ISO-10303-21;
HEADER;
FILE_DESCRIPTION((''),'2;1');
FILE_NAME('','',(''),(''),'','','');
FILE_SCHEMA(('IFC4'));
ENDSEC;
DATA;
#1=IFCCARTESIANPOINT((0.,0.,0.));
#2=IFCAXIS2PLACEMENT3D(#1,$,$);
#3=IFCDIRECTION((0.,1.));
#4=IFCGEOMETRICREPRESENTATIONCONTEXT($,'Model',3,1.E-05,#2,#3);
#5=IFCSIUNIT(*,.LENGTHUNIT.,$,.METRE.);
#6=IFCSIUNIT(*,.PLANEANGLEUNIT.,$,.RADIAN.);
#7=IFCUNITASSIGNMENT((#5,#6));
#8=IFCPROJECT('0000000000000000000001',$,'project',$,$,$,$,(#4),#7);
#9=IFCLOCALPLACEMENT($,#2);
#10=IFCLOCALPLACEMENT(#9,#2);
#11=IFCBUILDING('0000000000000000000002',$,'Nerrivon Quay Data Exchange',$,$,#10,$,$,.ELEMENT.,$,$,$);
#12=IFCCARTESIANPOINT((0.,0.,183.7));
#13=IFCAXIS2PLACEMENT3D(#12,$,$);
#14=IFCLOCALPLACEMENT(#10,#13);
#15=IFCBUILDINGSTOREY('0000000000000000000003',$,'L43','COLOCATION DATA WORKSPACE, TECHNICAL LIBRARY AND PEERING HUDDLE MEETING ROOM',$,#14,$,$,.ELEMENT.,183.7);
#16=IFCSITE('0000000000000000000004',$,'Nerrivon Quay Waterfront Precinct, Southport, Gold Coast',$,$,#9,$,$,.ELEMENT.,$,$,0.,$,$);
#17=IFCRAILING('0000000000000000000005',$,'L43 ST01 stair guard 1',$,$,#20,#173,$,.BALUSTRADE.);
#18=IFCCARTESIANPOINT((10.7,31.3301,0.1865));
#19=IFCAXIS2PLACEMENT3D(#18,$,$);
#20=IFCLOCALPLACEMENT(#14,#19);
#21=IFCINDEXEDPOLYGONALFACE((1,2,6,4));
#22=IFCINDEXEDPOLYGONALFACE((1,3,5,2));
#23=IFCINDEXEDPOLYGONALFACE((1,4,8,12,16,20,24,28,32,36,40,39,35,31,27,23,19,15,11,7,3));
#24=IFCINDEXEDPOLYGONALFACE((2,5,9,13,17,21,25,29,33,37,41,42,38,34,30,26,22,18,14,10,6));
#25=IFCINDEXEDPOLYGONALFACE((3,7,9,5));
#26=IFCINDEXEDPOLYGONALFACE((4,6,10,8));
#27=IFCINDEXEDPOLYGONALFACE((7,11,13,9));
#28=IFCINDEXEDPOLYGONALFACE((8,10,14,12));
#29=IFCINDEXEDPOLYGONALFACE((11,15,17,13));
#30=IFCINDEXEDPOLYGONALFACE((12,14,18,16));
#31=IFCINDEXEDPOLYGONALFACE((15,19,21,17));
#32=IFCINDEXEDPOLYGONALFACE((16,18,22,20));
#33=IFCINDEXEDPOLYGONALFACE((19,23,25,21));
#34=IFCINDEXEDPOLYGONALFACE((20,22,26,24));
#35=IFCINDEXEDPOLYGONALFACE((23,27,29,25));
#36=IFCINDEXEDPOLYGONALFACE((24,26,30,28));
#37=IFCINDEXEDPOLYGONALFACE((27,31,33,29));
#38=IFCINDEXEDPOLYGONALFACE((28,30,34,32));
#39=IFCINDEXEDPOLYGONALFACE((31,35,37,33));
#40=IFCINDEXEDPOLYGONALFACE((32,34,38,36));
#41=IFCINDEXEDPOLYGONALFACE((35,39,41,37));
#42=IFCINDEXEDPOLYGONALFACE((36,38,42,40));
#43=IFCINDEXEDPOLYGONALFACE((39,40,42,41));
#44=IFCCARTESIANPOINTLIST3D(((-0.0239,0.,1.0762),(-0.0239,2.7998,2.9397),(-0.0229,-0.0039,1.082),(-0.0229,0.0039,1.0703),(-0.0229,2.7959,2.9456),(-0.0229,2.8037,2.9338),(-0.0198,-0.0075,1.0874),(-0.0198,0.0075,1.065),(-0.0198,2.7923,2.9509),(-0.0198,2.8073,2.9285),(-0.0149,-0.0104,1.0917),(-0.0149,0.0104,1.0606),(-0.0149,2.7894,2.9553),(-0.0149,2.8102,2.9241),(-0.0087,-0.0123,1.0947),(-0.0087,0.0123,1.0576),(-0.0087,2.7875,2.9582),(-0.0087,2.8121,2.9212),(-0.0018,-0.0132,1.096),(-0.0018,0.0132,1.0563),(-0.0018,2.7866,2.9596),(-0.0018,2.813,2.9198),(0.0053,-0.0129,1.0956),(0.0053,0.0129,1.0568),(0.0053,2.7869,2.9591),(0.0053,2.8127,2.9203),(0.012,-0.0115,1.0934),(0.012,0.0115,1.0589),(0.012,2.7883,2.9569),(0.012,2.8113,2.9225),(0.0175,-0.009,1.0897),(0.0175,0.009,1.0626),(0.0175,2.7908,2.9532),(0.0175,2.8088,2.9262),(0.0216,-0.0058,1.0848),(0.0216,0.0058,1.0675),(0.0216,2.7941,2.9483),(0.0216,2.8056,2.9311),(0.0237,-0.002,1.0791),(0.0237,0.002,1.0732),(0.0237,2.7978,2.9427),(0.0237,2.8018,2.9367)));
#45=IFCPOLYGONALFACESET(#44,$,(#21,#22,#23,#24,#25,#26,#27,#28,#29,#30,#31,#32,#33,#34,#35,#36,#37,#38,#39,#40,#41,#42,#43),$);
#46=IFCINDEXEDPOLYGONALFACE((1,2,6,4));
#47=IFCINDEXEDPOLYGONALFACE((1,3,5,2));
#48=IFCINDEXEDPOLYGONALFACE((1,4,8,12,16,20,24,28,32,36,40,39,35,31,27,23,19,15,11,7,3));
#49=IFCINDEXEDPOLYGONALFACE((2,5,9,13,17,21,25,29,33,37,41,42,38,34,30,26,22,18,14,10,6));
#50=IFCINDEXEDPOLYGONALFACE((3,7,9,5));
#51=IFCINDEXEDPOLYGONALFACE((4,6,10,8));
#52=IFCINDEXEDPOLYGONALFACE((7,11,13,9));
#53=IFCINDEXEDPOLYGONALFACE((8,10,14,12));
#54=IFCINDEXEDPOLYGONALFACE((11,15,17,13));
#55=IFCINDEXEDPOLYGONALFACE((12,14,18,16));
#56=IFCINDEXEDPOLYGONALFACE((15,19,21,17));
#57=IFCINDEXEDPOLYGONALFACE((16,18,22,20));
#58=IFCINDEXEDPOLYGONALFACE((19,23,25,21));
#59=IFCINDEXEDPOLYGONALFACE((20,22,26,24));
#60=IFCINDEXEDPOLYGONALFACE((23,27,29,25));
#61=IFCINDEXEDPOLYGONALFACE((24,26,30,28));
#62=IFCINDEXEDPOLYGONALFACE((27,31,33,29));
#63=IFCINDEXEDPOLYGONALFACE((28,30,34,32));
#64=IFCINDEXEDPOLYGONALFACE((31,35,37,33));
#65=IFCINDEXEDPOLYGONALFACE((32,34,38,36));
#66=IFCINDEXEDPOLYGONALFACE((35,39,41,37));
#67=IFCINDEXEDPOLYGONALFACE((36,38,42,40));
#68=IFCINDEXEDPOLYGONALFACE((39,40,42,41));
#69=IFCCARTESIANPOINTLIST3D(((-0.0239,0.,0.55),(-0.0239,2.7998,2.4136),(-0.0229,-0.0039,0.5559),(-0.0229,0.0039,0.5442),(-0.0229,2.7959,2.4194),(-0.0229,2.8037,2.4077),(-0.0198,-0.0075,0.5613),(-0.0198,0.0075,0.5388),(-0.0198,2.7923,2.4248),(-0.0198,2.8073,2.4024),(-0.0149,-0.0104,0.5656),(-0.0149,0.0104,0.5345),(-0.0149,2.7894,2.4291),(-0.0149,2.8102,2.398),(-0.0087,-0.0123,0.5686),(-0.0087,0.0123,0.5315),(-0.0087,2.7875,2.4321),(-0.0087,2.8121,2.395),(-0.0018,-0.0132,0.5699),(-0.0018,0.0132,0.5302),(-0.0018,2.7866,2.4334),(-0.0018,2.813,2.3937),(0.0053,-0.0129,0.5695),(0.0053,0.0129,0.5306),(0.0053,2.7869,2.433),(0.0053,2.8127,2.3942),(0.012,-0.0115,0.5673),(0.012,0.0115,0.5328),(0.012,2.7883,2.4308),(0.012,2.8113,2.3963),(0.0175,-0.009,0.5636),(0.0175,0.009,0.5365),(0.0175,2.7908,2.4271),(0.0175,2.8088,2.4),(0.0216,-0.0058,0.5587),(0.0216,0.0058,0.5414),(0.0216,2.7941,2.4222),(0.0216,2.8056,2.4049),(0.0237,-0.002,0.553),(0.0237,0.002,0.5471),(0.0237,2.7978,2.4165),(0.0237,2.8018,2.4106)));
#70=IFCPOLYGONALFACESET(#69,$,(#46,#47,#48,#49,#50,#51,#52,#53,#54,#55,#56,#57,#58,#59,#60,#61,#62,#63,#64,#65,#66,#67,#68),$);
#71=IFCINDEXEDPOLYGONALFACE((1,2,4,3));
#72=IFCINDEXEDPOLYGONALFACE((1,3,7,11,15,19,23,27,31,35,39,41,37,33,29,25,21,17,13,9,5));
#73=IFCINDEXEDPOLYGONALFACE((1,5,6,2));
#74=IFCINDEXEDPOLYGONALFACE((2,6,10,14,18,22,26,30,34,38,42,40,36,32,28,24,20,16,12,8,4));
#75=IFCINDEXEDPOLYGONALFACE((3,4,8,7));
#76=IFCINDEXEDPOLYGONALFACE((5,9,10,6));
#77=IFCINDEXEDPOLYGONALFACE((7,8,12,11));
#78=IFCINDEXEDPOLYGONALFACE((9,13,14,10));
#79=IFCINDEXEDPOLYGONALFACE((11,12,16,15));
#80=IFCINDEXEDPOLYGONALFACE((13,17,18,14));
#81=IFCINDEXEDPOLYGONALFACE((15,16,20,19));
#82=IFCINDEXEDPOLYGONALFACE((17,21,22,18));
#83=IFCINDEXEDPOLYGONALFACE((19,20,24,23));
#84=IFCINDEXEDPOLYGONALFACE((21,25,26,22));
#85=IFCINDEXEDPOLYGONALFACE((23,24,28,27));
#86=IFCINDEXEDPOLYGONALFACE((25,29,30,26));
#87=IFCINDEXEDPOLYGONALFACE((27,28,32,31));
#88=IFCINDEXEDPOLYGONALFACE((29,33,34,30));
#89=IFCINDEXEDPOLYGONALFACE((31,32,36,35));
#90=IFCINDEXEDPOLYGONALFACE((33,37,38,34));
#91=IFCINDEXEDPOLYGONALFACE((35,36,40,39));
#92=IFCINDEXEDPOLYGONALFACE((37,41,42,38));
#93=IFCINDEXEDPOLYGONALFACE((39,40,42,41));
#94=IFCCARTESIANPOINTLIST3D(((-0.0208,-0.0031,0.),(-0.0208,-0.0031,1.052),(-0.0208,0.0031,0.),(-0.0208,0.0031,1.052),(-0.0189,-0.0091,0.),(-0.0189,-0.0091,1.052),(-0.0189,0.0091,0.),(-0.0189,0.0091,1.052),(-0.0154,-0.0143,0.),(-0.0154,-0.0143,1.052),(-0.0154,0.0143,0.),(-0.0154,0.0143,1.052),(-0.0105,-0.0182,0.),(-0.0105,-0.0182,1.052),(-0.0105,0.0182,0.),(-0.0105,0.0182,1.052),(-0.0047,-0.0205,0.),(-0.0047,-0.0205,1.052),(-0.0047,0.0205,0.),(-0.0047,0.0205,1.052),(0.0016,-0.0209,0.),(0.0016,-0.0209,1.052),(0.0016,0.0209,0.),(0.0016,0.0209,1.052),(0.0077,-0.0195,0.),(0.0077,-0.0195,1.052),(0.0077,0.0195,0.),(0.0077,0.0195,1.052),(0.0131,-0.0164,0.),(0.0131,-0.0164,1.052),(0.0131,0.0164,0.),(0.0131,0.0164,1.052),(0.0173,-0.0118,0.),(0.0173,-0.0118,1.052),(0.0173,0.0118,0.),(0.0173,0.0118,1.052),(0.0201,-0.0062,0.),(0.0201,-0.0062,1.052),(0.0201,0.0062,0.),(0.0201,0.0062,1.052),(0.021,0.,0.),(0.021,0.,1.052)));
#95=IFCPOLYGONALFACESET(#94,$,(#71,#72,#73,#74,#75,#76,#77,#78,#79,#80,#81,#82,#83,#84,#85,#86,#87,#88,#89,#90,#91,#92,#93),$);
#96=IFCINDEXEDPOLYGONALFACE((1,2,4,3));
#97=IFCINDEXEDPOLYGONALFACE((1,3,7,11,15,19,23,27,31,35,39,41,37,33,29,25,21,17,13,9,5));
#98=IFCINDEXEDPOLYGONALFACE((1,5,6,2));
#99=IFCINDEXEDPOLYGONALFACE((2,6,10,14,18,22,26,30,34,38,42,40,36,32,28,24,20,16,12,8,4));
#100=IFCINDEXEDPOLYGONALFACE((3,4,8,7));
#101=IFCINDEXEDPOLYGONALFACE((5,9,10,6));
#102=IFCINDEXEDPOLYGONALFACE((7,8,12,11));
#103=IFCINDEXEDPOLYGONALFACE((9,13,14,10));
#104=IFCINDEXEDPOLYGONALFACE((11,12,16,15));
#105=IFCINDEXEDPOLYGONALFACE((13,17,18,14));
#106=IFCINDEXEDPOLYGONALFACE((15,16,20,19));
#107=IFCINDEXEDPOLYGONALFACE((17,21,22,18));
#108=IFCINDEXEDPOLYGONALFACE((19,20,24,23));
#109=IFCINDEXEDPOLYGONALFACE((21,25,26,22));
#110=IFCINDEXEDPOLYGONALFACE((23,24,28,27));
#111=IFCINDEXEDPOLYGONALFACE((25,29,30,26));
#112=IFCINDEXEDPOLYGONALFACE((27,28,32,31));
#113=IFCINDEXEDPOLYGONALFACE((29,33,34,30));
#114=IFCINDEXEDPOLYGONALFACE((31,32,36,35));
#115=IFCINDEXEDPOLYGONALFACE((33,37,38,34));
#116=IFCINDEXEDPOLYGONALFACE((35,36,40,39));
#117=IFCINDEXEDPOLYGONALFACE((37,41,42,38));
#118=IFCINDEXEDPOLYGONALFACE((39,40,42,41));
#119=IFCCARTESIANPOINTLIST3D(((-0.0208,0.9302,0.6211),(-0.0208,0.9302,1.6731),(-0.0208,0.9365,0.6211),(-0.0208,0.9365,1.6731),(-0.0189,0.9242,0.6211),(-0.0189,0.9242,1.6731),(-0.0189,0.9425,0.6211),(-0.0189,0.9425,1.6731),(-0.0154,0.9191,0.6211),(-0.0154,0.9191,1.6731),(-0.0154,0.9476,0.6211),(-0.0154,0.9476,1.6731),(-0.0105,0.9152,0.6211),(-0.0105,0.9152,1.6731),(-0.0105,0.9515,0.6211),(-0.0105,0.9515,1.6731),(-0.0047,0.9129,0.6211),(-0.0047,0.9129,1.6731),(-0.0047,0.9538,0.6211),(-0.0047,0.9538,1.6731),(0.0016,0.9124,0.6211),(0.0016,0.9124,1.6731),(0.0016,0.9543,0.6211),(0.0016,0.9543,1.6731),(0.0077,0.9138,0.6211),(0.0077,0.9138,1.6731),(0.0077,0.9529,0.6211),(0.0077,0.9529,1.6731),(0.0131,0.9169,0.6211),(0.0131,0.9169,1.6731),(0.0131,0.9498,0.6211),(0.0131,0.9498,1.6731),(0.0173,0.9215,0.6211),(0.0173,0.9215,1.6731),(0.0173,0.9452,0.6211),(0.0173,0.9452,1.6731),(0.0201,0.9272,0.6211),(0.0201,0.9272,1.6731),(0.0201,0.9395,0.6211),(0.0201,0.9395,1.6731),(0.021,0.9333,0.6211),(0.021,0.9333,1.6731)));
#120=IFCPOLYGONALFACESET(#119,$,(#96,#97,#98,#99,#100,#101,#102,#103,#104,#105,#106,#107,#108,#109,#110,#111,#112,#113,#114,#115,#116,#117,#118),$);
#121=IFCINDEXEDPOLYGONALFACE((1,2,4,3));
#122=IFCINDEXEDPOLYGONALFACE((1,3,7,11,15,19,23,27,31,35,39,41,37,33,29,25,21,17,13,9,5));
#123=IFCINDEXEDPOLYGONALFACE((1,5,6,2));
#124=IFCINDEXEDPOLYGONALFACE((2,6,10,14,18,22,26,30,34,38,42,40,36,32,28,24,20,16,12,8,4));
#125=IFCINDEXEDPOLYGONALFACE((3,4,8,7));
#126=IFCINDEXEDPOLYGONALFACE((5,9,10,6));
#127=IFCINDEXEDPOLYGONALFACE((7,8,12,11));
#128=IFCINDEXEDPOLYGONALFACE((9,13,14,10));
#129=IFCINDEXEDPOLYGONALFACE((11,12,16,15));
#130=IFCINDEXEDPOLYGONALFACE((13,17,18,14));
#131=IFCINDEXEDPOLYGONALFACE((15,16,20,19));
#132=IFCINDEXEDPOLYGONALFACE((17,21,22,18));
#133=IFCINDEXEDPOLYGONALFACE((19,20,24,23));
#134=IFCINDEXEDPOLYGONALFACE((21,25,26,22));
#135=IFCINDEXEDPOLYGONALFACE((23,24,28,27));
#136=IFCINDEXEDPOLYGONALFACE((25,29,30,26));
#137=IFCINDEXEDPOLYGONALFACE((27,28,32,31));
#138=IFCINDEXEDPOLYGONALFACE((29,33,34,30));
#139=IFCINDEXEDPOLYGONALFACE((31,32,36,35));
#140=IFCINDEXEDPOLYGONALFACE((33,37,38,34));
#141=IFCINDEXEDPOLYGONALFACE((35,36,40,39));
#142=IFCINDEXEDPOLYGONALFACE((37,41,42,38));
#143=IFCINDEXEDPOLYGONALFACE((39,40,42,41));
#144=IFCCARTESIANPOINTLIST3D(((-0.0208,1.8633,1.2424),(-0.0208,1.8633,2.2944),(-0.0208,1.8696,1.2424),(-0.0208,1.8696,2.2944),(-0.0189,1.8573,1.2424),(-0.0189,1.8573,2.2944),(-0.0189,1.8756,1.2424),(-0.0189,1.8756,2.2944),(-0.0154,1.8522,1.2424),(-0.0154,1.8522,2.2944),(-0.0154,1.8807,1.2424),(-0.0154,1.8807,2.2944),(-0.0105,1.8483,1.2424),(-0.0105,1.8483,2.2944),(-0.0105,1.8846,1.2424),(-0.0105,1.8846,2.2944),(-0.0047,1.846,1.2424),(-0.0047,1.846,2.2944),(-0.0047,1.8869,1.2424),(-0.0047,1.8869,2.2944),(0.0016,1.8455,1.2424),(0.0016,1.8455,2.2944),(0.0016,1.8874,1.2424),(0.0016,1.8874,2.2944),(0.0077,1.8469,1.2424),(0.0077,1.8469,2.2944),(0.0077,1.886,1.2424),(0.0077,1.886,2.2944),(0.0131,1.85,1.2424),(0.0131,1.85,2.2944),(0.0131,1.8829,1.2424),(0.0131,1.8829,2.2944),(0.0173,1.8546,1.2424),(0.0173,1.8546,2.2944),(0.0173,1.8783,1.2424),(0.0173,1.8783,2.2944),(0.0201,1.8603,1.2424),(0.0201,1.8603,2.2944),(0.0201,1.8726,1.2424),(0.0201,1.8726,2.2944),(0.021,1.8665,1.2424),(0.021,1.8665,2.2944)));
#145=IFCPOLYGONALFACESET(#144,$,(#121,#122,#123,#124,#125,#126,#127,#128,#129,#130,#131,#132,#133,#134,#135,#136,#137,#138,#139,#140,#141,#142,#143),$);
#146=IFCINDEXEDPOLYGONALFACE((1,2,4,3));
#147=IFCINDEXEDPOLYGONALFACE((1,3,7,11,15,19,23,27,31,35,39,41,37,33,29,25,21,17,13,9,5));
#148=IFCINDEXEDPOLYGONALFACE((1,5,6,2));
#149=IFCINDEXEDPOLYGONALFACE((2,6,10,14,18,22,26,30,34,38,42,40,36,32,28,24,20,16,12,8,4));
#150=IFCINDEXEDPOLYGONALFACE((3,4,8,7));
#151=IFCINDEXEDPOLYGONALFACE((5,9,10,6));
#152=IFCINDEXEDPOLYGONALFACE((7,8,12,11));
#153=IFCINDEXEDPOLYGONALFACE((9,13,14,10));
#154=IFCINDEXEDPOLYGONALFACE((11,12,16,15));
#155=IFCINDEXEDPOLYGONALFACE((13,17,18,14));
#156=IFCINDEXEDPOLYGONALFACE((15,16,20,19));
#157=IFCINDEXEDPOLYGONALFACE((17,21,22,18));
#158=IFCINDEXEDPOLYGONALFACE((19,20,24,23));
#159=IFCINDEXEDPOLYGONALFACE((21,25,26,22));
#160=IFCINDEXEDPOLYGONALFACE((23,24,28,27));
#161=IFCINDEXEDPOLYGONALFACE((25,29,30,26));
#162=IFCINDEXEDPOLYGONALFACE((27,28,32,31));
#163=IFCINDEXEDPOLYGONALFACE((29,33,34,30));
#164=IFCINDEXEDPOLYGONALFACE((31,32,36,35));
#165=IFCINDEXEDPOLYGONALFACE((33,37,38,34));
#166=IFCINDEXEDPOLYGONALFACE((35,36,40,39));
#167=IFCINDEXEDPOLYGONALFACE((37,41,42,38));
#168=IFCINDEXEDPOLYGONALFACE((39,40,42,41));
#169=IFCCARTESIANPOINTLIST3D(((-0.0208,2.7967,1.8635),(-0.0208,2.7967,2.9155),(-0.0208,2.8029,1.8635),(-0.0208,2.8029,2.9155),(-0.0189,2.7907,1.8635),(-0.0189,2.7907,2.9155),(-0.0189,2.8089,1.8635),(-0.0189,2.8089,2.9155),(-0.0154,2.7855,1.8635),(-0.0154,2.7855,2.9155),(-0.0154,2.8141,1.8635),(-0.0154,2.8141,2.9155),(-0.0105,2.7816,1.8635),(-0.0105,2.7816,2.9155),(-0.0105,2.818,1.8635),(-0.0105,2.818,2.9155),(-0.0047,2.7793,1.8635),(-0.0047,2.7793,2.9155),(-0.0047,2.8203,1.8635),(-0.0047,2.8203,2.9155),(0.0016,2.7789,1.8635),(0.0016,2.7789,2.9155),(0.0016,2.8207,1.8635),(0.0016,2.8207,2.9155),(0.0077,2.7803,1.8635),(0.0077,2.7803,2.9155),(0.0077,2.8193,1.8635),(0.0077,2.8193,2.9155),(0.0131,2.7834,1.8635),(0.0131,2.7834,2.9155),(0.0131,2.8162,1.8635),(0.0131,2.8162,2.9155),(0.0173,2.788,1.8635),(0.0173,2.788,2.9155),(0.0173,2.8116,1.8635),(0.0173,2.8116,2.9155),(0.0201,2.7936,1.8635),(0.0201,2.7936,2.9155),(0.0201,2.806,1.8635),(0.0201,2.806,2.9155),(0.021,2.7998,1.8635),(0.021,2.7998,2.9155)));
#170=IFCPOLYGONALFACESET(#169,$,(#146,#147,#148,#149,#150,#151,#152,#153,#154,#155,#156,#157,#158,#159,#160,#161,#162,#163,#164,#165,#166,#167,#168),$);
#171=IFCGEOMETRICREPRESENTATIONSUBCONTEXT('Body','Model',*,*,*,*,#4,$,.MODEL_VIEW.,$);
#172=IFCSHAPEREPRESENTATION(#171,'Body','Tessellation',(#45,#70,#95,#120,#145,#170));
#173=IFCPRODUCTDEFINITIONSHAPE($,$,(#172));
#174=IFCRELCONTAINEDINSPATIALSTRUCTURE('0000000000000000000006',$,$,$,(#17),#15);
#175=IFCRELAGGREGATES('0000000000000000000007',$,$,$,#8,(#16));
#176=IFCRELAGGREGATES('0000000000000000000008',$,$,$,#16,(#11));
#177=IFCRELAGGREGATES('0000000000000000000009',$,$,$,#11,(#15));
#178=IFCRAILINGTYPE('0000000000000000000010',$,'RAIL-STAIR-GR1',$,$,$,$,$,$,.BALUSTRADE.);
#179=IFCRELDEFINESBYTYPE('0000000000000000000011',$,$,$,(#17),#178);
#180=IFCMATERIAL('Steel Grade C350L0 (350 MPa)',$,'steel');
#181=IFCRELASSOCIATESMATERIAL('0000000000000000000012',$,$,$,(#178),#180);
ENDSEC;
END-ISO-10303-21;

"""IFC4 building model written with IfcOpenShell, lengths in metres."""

from ifc_helpers import new_model, si_unit, direction, frame, origin, origin_2d, place, context, subcontext, project, spatial, circle, extrude, material, type_object, element, save


model = new_model("IFC4")

# Units and contexts
model_context = context("Model", 3, precision=1e-05, world=origin(), true_north=direction((0.0, 1.0)))
body_context = subcontext(model_context, "Body", "Model", "MODEL_VIEW")
ifc_project = project(units=[si_unit("LENGTHUNIT", "METRE"), si_unit("PLANEANGLEUNIT", "RADIAN")], contexts=[model_context])

# Site, building, storey
site_placement = place(None, origin())
site = spatial("IfcSite", under=ifc_project, at=site_placement, Name="Nerrivon Quay Waterfront Precinct, Southport, Gold Coast", CompositionType="ELEMENT", RefElevation=0.0)
building_placement = place(site_placement, origin())
building = spatial("IfcBuilding", under=site, at=building_placement, Name="Nerrivon Quay Data Exchange", CompositionType="ELEMENT")
storey_placement = place(building_placement, frame((0.0, 0.0, 183.7)))
storey = spatial("IfcBuildingStorey", under=building, at=storey_placement, Name="L43", Description="COLOCATION DATA WORKSPACE, TECHNICAL LIBRARY AND PEERING HUDDLE MEETING ROOM", CompositionType="ELEMENT", Elevation=183.7)

# Railing
ifc_material_1 = material(Name="Steel Grade C350L0 (350 MPa)", Category="steel")
railing_type_1 = type_object("IfcRailingType", Name="RAIL-STAIR-GR1", PredefinedType="BALUSTRADE", material=ifc_material_1)
railing_1_placement = place(storey_placement, frame((10.7, 31.3301, 0.1865)))
element("IfcRailing", 1, at=railing_1_placement, inside=storey, type_object=railing_type_1, Name="L43 ST01 stair guard 1", PredefinedType="BALUSTRADE", context=body_context, shape_type="SweptSolid", body=[
    extrude(circle(Radius=0.0239, at=origin_2d()), frame((0.0, 0.0, 1.0762), z_axis=(0.0, 0.832463, 0.55408), x_axis=(-1.0, 0.0, 0.0)), (0.0, 0.0, 1.0), 3.3633),
    extrude(circle(Radius=0.0239, at=origin_2d()), frame((0.0, 0.0, 0.55), z_axis=(0.0, 0.832463, 0.55408), x_axis=(-1.0, 0.0, 0.0)), (0.0, 0.0, 1.0), 3.3633),
    extrude(circle(Radius=0.021, at=origin_2d()), origin(), (0.0, 0.0, 1.0), 1.052),
    extrude(circle(Radius=0.021, at=origin_2d()), frame((0.0, 0.9333, 0.6211)), (0.0, 0.0, 1.0), 1.052),
    extrude(circle(Radius=0.021, at=origin_2d()), frame((0.0, 1.8665, 1.2424)), (0.0, 0.0, 1.0), 1.052),
    extrude(circle(Radius=0.021, at=origin_2d()), frame((0.0, 2.7998, 1.8635)), (0.0, 0.0, 1.0), 1.052),
])

save(model, "model.ifc")
